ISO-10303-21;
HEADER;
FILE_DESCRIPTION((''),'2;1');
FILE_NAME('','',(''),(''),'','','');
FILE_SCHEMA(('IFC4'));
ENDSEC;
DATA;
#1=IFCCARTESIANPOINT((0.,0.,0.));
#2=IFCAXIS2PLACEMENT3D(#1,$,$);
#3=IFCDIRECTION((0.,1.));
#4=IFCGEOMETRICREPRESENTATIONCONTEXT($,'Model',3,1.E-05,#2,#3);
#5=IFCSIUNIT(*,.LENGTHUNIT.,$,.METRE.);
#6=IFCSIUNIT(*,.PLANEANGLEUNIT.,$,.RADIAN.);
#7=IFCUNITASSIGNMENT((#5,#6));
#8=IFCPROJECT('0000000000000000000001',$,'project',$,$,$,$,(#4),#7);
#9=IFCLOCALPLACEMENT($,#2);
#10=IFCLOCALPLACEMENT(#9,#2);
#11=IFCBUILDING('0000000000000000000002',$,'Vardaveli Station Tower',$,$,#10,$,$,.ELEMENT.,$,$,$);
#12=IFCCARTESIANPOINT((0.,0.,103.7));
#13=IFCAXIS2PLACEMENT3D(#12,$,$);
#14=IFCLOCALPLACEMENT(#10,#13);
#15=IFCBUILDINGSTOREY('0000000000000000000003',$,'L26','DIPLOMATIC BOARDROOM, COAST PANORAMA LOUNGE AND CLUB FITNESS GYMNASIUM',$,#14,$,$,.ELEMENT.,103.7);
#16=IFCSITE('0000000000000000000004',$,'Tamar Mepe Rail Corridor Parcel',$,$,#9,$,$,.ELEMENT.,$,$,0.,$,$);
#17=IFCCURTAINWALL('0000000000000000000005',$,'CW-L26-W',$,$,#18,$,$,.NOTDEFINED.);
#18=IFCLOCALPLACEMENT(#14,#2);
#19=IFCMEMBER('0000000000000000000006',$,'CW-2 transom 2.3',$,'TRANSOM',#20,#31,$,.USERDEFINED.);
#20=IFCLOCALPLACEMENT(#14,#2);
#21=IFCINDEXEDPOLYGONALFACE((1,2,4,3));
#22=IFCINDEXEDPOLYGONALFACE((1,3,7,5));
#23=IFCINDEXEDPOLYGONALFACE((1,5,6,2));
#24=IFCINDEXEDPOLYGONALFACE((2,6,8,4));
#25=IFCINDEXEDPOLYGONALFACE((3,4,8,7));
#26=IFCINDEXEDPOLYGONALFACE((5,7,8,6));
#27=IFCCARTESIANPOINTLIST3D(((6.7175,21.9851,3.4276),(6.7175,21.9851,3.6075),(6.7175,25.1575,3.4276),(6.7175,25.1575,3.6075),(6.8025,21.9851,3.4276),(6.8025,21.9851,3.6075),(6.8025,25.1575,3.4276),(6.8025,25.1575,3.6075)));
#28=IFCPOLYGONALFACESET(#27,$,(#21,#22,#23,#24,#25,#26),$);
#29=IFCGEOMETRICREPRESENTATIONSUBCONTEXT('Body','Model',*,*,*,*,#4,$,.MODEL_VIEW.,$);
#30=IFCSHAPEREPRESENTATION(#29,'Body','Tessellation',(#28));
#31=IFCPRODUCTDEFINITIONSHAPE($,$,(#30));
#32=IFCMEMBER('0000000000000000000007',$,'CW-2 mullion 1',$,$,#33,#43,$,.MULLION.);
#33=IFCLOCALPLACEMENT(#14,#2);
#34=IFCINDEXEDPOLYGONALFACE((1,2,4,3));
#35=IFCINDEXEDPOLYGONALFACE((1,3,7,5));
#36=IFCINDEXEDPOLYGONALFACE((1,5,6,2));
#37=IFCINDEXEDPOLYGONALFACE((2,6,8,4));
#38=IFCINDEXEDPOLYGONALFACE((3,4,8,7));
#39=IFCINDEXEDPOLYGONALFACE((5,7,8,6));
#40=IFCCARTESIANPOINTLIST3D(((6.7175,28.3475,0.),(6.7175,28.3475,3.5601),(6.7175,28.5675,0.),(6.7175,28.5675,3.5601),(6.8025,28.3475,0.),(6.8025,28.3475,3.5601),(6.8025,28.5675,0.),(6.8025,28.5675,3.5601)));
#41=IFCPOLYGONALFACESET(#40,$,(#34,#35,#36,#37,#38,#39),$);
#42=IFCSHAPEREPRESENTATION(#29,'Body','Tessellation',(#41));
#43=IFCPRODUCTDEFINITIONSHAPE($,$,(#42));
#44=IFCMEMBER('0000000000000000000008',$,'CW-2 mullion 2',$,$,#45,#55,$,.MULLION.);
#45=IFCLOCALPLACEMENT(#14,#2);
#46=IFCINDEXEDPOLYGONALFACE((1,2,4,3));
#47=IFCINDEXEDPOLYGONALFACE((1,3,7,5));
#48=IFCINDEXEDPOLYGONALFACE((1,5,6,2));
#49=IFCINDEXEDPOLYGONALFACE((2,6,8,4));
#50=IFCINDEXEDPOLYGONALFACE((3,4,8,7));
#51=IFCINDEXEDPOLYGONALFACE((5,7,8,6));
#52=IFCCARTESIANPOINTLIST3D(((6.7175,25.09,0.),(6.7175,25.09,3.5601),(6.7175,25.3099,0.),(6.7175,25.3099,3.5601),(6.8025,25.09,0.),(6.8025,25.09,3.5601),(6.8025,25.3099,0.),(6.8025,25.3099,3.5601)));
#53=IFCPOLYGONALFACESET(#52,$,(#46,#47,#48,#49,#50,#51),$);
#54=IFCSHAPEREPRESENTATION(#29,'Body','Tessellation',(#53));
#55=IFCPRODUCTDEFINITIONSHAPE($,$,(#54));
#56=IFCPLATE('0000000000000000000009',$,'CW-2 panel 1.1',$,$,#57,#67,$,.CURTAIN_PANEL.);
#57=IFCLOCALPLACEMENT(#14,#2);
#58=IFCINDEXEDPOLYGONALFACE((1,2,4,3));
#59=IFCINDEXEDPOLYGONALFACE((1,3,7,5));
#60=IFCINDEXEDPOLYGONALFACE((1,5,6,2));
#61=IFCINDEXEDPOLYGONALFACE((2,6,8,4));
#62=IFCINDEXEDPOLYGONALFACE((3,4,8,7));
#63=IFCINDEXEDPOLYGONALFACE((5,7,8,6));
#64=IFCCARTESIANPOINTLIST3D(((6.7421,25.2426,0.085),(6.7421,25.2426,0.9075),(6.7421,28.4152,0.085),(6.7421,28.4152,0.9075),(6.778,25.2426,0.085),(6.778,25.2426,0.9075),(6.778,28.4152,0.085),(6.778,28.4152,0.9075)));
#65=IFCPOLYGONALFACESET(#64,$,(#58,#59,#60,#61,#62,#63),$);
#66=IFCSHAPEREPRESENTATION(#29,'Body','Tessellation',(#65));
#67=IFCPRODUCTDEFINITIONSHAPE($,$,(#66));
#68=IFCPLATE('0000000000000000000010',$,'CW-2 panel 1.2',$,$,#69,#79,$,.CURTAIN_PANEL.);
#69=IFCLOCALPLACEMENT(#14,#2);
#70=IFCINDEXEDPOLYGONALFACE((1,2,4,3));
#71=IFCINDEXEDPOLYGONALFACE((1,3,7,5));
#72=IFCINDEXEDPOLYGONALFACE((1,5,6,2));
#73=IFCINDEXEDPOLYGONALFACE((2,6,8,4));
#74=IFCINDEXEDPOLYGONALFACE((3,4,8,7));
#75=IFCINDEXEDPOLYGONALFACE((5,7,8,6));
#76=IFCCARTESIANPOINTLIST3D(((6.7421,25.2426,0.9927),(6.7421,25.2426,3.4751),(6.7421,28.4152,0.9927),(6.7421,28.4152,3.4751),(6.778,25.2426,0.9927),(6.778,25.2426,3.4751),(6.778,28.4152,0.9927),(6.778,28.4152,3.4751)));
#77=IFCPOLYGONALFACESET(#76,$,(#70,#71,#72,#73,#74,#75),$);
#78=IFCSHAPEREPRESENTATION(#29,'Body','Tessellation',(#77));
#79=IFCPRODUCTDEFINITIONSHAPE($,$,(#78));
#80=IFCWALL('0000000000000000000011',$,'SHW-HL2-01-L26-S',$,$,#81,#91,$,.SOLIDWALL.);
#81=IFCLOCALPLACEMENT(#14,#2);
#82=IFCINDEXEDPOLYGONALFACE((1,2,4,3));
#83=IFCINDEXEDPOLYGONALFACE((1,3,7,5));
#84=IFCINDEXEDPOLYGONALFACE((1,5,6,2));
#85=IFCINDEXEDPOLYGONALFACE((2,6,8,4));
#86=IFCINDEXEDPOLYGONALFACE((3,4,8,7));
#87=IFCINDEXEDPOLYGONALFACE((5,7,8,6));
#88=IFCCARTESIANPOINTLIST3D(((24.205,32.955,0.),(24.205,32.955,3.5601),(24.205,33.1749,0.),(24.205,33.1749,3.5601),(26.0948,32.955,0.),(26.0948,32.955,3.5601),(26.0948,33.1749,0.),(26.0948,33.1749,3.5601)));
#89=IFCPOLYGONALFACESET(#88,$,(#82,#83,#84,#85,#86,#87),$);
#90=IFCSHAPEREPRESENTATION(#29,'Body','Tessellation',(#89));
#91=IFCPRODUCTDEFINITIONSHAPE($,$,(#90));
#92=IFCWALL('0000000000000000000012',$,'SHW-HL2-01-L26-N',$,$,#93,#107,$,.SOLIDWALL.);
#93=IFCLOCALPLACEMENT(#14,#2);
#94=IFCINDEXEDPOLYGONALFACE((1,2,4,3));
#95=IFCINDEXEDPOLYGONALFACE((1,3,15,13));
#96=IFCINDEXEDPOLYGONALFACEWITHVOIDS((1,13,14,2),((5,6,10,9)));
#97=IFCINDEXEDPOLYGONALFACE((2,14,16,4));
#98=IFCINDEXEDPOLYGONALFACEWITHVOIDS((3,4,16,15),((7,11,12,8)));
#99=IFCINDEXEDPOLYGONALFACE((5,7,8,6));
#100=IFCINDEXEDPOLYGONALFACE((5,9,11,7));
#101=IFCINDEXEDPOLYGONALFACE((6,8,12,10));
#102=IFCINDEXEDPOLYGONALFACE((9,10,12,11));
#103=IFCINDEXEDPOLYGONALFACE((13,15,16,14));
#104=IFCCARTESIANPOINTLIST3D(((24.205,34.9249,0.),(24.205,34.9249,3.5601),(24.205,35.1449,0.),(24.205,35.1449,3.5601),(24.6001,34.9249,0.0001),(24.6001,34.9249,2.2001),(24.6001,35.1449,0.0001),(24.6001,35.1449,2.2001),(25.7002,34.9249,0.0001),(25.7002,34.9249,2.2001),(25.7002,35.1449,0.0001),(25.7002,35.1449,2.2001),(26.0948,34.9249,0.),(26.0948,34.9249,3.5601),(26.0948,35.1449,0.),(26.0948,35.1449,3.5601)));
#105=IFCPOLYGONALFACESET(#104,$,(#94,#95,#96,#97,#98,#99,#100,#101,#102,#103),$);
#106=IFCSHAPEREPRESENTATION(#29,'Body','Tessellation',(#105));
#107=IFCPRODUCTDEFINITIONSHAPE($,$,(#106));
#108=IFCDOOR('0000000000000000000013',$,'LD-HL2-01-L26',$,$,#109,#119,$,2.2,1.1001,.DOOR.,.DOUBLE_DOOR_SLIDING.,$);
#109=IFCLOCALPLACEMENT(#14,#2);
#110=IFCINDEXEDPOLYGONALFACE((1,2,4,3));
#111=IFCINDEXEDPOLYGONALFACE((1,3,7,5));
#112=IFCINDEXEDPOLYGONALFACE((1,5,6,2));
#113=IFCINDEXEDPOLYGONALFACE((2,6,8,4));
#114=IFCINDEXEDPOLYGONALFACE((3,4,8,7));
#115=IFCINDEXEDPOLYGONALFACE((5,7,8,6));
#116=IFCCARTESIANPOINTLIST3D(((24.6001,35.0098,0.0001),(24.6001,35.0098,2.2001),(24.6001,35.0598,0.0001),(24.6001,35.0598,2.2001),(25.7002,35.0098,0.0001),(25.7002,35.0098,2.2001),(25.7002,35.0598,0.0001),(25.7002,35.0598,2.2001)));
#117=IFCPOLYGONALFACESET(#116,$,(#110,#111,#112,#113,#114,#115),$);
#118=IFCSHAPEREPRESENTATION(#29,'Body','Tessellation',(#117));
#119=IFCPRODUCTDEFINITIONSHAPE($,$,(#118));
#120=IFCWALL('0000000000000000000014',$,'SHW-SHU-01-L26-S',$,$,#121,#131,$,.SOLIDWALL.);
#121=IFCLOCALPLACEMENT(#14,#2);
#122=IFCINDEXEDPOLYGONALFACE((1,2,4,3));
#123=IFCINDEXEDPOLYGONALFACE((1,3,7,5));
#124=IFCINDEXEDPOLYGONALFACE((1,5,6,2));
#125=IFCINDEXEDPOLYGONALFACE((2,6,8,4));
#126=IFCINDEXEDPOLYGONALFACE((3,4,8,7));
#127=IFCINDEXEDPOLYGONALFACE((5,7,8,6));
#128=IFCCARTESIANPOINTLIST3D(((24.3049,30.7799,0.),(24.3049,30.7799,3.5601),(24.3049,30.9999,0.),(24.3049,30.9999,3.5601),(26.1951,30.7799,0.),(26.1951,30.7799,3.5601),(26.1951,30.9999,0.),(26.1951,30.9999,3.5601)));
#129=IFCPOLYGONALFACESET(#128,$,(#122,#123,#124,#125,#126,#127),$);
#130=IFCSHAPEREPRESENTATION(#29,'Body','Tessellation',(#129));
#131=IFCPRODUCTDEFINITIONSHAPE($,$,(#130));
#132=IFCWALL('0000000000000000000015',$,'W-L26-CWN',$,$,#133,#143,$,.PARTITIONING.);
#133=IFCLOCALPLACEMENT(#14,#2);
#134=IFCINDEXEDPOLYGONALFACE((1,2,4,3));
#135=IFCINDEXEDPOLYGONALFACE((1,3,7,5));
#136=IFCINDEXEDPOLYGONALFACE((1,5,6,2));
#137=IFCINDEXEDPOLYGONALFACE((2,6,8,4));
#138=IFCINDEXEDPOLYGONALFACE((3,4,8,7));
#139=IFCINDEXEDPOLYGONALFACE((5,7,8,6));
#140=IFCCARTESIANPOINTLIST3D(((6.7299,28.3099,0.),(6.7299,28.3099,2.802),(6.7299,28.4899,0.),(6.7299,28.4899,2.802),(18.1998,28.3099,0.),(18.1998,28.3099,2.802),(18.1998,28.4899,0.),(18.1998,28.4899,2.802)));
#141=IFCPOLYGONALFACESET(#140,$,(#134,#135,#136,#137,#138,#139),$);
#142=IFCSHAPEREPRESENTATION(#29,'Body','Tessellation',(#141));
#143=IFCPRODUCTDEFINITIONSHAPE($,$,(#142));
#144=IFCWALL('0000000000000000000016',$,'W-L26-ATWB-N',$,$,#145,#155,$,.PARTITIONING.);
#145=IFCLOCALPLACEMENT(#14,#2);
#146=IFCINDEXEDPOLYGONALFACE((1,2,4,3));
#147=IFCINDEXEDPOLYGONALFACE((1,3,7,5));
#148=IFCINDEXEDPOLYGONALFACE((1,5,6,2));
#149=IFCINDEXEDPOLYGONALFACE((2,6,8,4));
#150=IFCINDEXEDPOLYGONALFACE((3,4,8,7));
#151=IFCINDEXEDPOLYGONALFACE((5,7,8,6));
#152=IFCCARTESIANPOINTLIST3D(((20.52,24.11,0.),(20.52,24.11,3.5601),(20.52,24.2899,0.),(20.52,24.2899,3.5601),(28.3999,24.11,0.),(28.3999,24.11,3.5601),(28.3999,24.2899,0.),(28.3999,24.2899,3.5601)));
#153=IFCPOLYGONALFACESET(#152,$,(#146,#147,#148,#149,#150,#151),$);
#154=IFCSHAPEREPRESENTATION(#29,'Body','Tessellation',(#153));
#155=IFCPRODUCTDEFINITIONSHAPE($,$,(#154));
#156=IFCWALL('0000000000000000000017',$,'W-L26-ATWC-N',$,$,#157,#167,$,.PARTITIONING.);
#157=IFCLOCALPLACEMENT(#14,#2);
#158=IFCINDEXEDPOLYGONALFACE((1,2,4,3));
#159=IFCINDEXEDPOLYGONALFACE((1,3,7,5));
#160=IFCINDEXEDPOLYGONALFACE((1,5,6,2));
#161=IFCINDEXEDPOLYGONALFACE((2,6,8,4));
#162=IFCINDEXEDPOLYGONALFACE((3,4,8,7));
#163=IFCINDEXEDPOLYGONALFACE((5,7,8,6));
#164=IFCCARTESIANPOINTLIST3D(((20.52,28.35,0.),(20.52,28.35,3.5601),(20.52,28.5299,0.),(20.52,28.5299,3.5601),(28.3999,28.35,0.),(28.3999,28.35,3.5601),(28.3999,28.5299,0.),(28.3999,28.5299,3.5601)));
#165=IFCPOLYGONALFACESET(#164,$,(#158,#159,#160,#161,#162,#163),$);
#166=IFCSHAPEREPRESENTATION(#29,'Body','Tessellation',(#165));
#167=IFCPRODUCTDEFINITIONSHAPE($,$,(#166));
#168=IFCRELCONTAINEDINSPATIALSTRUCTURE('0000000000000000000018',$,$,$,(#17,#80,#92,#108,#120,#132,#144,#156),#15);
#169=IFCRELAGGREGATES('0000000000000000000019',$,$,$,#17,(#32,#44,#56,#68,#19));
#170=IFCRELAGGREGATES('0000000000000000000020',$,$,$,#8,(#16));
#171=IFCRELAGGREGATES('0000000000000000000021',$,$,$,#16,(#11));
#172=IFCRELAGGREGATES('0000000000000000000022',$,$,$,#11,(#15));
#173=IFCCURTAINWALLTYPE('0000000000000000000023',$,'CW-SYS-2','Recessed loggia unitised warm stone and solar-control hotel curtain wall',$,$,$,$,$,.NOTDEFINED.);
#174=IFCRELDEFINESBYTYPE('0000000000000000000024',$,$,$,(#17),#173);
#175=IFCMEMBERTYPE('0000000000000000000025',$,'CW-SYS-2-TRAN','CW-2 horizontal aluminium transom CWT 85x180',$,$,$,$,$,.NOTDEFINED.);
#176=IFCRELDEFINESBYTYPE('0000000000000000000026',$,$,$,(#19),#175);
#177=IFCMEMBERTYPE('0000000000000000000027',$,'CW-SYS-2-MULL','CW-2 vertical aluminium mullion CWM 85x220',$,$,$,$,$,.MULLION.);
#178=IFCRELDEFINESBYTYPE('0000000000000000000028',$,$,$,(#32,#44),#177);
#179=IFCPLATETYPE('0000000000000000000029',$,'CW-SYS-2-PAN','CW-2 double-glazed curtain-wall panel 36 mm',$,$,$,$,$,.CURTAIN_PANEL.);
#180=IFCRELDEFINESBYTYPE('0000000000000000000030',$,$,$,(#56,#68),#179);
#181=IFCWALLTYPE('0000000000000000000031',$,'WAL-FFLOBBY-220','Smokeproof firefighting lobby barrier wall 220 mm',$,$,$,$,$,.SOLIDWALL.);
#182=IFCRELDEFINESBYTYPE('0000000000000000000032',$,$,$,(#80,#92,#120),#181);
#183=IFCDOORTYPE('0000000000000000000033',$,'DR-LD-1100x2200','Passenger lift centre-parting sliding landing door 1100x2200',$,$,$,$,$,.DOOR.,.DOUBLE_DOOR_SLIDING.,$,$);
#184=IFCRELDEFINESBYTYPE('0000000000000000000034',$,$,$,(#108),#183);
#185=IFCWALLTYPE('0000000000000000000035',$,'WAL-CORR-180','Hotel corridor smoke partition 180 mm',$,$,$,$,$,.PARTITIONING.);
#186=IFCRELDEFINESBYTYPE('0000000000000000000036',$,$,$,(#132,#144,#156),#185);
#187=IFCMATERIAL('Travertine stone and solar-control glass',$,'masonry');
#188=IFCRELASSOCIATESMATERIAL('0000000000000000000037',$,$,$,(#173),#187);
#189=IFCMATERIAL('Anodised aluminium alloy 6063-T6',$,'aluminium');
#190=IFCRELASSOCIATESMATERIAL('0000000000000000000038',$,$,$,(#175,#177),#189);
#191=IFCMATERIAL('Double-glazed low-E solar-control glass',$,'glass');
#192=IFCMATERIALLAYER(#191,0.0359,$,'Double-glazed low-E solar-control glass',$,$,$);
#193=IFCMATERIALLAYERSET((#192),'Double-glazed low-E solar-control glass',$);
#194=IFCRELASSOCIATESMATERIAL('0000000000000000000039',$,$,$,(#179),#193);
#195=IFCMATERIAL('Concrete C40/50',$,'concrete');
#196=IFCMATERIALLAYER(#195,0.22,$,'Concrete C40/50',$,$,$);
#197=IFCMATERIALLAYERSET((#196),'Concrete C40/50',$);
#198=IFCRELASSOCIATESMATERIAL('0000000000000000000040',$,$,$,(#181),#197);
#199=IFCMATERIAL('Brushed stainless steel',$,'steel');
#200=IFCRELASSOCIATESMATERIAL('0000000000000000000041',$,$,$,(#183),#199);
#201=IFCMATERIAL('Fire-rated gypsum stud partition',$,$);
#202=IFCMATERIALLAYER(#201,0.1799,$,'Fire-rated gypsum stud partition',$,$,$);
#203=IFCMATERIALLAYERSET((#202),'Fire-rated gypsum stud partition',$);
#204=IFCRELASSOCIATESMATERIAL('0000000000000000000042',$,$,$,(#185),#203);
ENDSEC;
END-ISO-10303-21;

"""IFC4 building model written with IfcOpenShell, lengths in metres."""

from ifc_helpers import new_model, si_unit, direction, frame, frame_2d, origin, origin_2d, place, context, subcontext, project, spatial, rectangle, extrude, source, transform, mapped, material, layer, layer_set, material_profile, profile_set, type_object, element, fill, aggregate, save


model = new_model("IFC4")

# Units and contexts
model_context = context("Model", 3, precision=1e-05, world=origin(), true_north=direction((0.0, 1.0)))
body_context = subcontext(model_context, "Body", "Model", "MODEL_VIEW")
ifc_project = project(units=[si_unit("LENGTHUNIT", "METRE"), si_unit("PLANEANGLEUNIT", "RADIAN")], contexts=[model_context])

# Site, building, storey
site_placement = place(None, origin())
site = spatial("IfcSite", under=ifc_project, at=site_placement, Name="Tamar Mepe Rail Corridor Parcel", CompositionType="ELEMENT", RefElevation=0.0)
building_placement = place(site_placement, origin())
building = spatial("IfcBuilding", under=site, at=building_placement, Name="Vardaveli Station Tower", CompositionType="ELEMENT")
storey_placement = place(building_placement, frame((0.0, 0.0, 103.7)))
storey = spatial("IfcBuildingStorey", under=building, at=storey_placement, Name="L26", Description="DIPLOMATIC BOARDROOM, COAST PANORAMA LOUNGE AND CLUB FITNESS GYMNASIUM", CompositionType="ELEMENT", Elevation=103.7)

# Curtain wall, members, plates
ifc_material_1 = material(Name="Travertine stone and solar-control glass", Category="masonry")
curtain_wall_type = type_object("IfcCurtainWallType", Name="CW-SYS-2", Description="Recessed loggia unitised warm stone and solar-control hotel curtain wall", PredefinedType="NOTDEFINED", material=ifc_material_1)
curtain_wall_placement = place(storey_placement, origin())
curtain_wall = element("IfcCurtainWall", 1, at=curtain_wall_placement, inside=storey, type_object=curtain_wall_type, Name="CW-L26-W", PredefinedType="NOTDEFINED")
ifc_material_2 = material(Name="Anodised aluminium alloy 6063-T6", Category="aluminium")
ifc_material_profile_1 = material_profile(ifc_material_2, rectangle(XDim=0.085, YDim=0.1799, at=origin_2d()), Name="CWT 85x180")
ifc_profile_set_1 = profile_set([ifc_material_profile_1], Name="Anodised aluminium alloy 6063-T6")
member_type_1 = type_object("IfcMemberType", Name="CW-SYS-2-TRAN", Description="CW-2 horizontal aluminium transom CWT 85x180", PredefinedType="NOTDEFINED", material=ifc_profile_set_1)
shared_shape_1 = source(origin(), body_context, "Body", "SweptSolid", [
    extrude(rectangle(XDim=0.085, YDim=0.1799, at=origin_2d()), origin(), (0.0, 0.0, 1.0), 3.1724),
])
member_1_placement = place(storey_placement, frame((6.76, 25.1575, 3.5176), z_axis=(0.0, -1.0, 0.0), x_axis=(1.0, 0.0, 0.0)))
member_1 = element("IfcMember", 2, at=member_1_placement, type_object=member_type_1, Name="CW-2 transom 2.3", ObjectType="TRANSOM", PredefinedType="USERDEFINED", context=body_context, shape_type="MappedRepresentation", body=[
    mapped(shared_shape_1, transform((0.0, 0.0, 0.0), scale=1.0)),
])
ifc_material_profile_2 = material_profile(ifc_material_2, rectangle(XDim=0.085, YDim=0.22, at=origin_2d()), Name="CWM 85x220")
ifc_profile_set_2 = profile_set([ifc_material_profile_2], Name="Anodised aluminium alloy 6063-T6")
member_type_2 = type_object("IfcMemberType", Name="CW-SYS-2-MULL", Description="CW-2 vertical aluminium mullion CWM 85x220", PredefinedType="MULLION", material=ifc_profile_set_2)
shared_shape_2 = source(origin(), body_context, "Body", "SweptSolid", [
    extrude(rectangle(XDim=0.085, YDim=0.22, at=origin_2d()), origin(), (0.0, 0.0, 1.0), 3.5601),
])
member_2_placement = place(storey_placement, frame((6.76, 28.4575, 0.0), z_axis=(0.0, 0.0, 1.0), x_axis=(1.0, 0.0, 0.0)))
member_2 = element("IfcMember", 3, at=member_2_placement, type_object=member_type_2, Name="CW-2 mullion 1", PredefinedType="MULLION", context=body_context, shape_type="MappedRepresentation", body=[
    mapped(shared_shape_2, transform((0.0, 0.0, 0.0), scale=1.0)),
])
member_3_placement = place(storey_placement, frame((6.76, 25.2, 0.0), z_axis=(0.0, 0.0, 1.0), x_axis=(1.0, 0.0, 0.0)))
member_3 = element("IfcMember", 4, at=member_3_placement, type_object=member_type_2, Name="CW-2 mullion 2", PredefinedType="MULLION", context=body_context, shape_type="MappedRepresentation", body=[
    mapped(shared_shape_2, transform((0.0, 0.0, 0.0), scale=1.0)),
])
ifc_material_3 = material(Name="Double-glazed low-E solar-control glass", Category="glass")
ifc_layer_1 = layer(ifc_material_3, 0.0359, Name="Double-glazed low-E solar-control glass")
ifc_layer_set_1 = layer_set([ifc_layer_1], Name="Double-glazed low-E solar-control glass")
plate_type = type_object("IfcPlateType", Name="CW-SYS-2-PAN", Description="CW-2 double-glazed curtain-wall panel 36 mm", PredefinedType="CURTAIN_PANEL", material=ifc_layer_set_1)
shared_shape_3 = source(origin(), body_context, "Body", "SweptSolid", [
    extrude(rectangle(XDim=3.1726, YDim=0.0359, at=origin_2d()), origin(), (0.0, 0.0, 1.0), 0.8225),
])
plate_1_placement = place(storey_placement, frame((6.76, 26.8289, 0.085), z_axis=(0.0, 0.0, 1.0), x_axis=(0.0, -1.0, 0.0)))
plate_1 = element("IfcPlate", 5, at=plate_1_placement, type_object=plate_type, Name="CW-2 panel 1.1", PredefinedType="CURTAIN_PANEL", context=body_context, shape_type="MappedRepresentation", body=[
    mapped(shared_shape_3, transform((0.0, 0.0, 0.0), scale=1.0)),
])
shared_shape_4 = source(origin(), body_context, "Body", "SweptSolid", [
    extrude(rectangle(XDim=3.1726, YDim=0.0359, at=origin_2d()), origin(), (0.0, 0.0, 1.0), 2.4824),
])
plate_2_placement = place(storey_placement, frame((6.76, 26.8289, 0.9927), z_axis=(0.0, 0.0, 1.0), x_axis=(0.0, -1.0, 0.0)))
plate_2 = element("IfcPlate", 6, at=plate_2_placement, type_object=plate_type, Name="CW-2 panel 1.2", PredefinedType="CURTAIN_PANEL", context=body_context, shape_type="MappedRepresentation", body=[
    mapped(shared_shape_4, transform((0.0, 0.0, 0.0), scale=1.0)),
])
aggregate(curtain_wall, [member_2, member_3, plate_1, plate_2, member_1])

# Wall
ifc_material_4 = material(Name="Concrete C40/50", Category="concrete")
ifc_layer_2 = layer(ifc_material_4, 0.22, Name="Concrete C40/50")
ifc_layer_set_2 = layer_set([ifc_layer_2], Name="Concrete C40/50")
wall_type_1 = type_object("IfcWallType", Name="WAL-FFLOBBY-220", Description="Smokeproof firefighting lobby barrier wall 220 mm", PredefinedType="SOLIDWALL", material=ifc_layer_set_2)
shared_shape_5 = source(origin(), body_context, "Body", "SweptSolid", [
    extrude(rectangle(XDim=1.8899, YDim=0.22, at=frame_2d((0.9448, 0.0))), origin(), (0.0, 0.0, 1.0), 3.5601),
])
wall_1_placement = place(storey_placement, frame((24.2051, 33.0649, 0.0), z_axis=(0.0, 0.0, 1.0), x_axis=(1.0, 0.0, 0.0)))
element("IfcWall", 7, at=wall_1_placement, inside=storey, type_object=wall_type_1, Name="SHW-HL2-01-L26-S", PredefinedType="SOLIDWALL", context=body_context, shape_type="MappedRepresentation", body=[
    mapped(shared_shape_5, transform((0.0, 0.0, 0.0), scale=1.0)),
])

# Wall, opening, door
wall_2_placement = place(storey_placement, frame((24.2051, 35.0349, 0.0), z_axis=(0.0, 0.0, 1.0), x_axis=(1.0, 0.0, 0.0)))
wall_2 = element("IfcWall", 8, at=wall_2_placement, inside=storey, type_object=wall_type_1, Name="SHW-HL2-01-L26-N", PredefinedType="SOLIDWALL", context=body_context, shape_type="MappedRepresentation", body=[
    mapped(shared_shape_5, transform((0.0, 0.0, 0.0), scale=1.0)),
])
shared_shape_6 = source(origin(), body_context, "Body", "SweptSolid", [
    extrude(rectangle(XDim=1.1001, YDim=2.2, at=frame_2d((0.55, 1.1001))), frame((0.0, 0.1201, 0.0), z_axis=(0.0, -1.0, 0.0), x_axis=(1.0, 0.0, 0.0)), (0.0, 0.0, 1.0), 0.24),
])
opening_placement = place(wall_2_placement, frame((0.395, 0.0, 0.0)))
opening = element("IfcOpeningElement", 9, at=opening_placement, cuts=wall_2, PredefinedType="OPENING", context=body_context, shape_type="MappedRepresentation", body=[
    mapped(shared_shape_6, transform((0.0, 0.0, 0.0), scale=1.0)),
])
ifc_material_5 = material(Name="Brushed stainless steel", Category="steel")
door_type = type_object("IfcDoorType", Name="DR-LD-1100x2200", Description="Passenger lift centre-parting sliding landing door 1100x2200", OperationType="DOUBLE_DOOR_SLIDING", PredefinedType="DOOR", material=ifc_material_5)
shared_shape_7 = source(origin(), body_context, "Body", "SweptSolid", [
    extrude(rectangle(XDim=1.1001, YDim=2.2, at=frame_2d((0.55, 1.1001))), frame((0.0, 0.0249, 0.0), z_axis=(0.0, -1.0, 0.0), x_axis=(1.0, 0.0, 0.0)), (0.0, 0.0, 1.0), 0.05),
])
door_placement = place(opening_placement, origin())
door = element("IfcDoor", 10, at=door_placement, inside=storey, type_object=door_type, Name="LD-HL2-01-L26", OperationType="DOUBLE_DOOR_SLIDING", OverallHeight=2.2, OverallWidth=1.1001, PredefinedType="DOOR", context=body_context, shape_type="MappedRepresentation", body=[
    mapped(shared_shape_7, transform((0.0, 0.0, 0.0), scale=1.0)),
])
fill(opening, door)

# Walls
shared_shape_8 = source(origin(), body_context, "Body", "SweptSolid", [
    extrude(rectangle(XDim=1.8901, YDim=0.22, at=frame_2d((0.9451, 0.0))), origin(), (0.0, 0.0, 1.0), 3.5601),
])
wall_3_placement = place(storey_placement, frame((24.3049, 30.8899, 0.0), z_axis=(0.0, 0.0, 1.0), x_axis=(1.0, 0.0, 0.0)))
element("IfcWall", 11, at=wall_3_placement, inside=storey, type_object=wall_type_1, Name="SHW-SHU-01-L26-S", PredefinedType="SOLIDWALL", context=body_context, shape_type="MappedRepresentation", body=[
    mapped(shared_shape_8, transform((0.0, 0.0, 0.0), scale=1.0)),
])
ifc_material_6 = material(Name="Fire-rated gypsum stud partition")
ifc_layer_3 = layer(ifc_material_6, 0.1799, Name="Fire-rated gypsum stud partition")
ifc_layer_set_3 = layer_set([ifc_layer_3], Name="Fire-rated gypsum stud partition")
wall_type_2 = type_object("IfcWallType", Name="WAL-CORR-180", Description="Hotel corridor smoke partition 180 mm", PredefinedType="PARTITIONING", material=ifc_layer_set_3)
shared_shape_9 = source(origin(), body_context, "Body", "SweptSolid", [
    extrude(rectangle(XDim=11.47, YDim=0.1799, at=frame_2d((5.7349, 0.0))), origin(), (0.0, 0.0, 1.0), 2.802),
])
wall_4_placement = place(storey_placement, frame((6.73, 28.3999, 0.0), z_axis=(0.0, 0.0, 1.0), x_axis=(1.0, 0.0, 0.0)))
element("IfcWall", 12, at=wall_4_placement, inside=storey, type_object=wall_type_2, Name="W-L26-CWN", PredefinedType="PARTITIONING", context=body_context, shape_type="MappedRepresentation", body=[
    mapped(shared_shape_9, transform((0.0, 0.0, 0.0), scale=1.0)),
])
shared_shape_10 = source(origin(), body_context, "Body", "SweptSolid", [
    extrude(rectangle(XDim=7.8799, YDim=0.1799, at=frame_2d((3.9399, 0.0))), origin(), (0.0, 0.0, 1.0), 3.5601),
])
for number, where, z_axis, x_axis, name in (
    (13, (20.52, 24.2, 0.0), (0.0, 0.0, 1.0), (1.0, 0.0, 0.0), "W-L26-ATWB-N"),
    (14, (20.52, 28.4399, 0.0), (0.0, 0.0, 1.0), (1.0, 0.0, 0.0), "W-L26-ATWC-N"),
):
    element("IfcWall", number, at=place(storey_placement, frame(where, z_axis=z_axis, x_axis=x_axis)), inside=storey, type_object=wall_type_2, Name=name, PredefinedType="PARTITIONING", context=body_context, shape_type="MappedRepresentation", body=[
        mapped(shared_shape_10, transform((0.0, 0.0, 0.0), scale=1.0)),
    ])

save(model, "model.ifc")
